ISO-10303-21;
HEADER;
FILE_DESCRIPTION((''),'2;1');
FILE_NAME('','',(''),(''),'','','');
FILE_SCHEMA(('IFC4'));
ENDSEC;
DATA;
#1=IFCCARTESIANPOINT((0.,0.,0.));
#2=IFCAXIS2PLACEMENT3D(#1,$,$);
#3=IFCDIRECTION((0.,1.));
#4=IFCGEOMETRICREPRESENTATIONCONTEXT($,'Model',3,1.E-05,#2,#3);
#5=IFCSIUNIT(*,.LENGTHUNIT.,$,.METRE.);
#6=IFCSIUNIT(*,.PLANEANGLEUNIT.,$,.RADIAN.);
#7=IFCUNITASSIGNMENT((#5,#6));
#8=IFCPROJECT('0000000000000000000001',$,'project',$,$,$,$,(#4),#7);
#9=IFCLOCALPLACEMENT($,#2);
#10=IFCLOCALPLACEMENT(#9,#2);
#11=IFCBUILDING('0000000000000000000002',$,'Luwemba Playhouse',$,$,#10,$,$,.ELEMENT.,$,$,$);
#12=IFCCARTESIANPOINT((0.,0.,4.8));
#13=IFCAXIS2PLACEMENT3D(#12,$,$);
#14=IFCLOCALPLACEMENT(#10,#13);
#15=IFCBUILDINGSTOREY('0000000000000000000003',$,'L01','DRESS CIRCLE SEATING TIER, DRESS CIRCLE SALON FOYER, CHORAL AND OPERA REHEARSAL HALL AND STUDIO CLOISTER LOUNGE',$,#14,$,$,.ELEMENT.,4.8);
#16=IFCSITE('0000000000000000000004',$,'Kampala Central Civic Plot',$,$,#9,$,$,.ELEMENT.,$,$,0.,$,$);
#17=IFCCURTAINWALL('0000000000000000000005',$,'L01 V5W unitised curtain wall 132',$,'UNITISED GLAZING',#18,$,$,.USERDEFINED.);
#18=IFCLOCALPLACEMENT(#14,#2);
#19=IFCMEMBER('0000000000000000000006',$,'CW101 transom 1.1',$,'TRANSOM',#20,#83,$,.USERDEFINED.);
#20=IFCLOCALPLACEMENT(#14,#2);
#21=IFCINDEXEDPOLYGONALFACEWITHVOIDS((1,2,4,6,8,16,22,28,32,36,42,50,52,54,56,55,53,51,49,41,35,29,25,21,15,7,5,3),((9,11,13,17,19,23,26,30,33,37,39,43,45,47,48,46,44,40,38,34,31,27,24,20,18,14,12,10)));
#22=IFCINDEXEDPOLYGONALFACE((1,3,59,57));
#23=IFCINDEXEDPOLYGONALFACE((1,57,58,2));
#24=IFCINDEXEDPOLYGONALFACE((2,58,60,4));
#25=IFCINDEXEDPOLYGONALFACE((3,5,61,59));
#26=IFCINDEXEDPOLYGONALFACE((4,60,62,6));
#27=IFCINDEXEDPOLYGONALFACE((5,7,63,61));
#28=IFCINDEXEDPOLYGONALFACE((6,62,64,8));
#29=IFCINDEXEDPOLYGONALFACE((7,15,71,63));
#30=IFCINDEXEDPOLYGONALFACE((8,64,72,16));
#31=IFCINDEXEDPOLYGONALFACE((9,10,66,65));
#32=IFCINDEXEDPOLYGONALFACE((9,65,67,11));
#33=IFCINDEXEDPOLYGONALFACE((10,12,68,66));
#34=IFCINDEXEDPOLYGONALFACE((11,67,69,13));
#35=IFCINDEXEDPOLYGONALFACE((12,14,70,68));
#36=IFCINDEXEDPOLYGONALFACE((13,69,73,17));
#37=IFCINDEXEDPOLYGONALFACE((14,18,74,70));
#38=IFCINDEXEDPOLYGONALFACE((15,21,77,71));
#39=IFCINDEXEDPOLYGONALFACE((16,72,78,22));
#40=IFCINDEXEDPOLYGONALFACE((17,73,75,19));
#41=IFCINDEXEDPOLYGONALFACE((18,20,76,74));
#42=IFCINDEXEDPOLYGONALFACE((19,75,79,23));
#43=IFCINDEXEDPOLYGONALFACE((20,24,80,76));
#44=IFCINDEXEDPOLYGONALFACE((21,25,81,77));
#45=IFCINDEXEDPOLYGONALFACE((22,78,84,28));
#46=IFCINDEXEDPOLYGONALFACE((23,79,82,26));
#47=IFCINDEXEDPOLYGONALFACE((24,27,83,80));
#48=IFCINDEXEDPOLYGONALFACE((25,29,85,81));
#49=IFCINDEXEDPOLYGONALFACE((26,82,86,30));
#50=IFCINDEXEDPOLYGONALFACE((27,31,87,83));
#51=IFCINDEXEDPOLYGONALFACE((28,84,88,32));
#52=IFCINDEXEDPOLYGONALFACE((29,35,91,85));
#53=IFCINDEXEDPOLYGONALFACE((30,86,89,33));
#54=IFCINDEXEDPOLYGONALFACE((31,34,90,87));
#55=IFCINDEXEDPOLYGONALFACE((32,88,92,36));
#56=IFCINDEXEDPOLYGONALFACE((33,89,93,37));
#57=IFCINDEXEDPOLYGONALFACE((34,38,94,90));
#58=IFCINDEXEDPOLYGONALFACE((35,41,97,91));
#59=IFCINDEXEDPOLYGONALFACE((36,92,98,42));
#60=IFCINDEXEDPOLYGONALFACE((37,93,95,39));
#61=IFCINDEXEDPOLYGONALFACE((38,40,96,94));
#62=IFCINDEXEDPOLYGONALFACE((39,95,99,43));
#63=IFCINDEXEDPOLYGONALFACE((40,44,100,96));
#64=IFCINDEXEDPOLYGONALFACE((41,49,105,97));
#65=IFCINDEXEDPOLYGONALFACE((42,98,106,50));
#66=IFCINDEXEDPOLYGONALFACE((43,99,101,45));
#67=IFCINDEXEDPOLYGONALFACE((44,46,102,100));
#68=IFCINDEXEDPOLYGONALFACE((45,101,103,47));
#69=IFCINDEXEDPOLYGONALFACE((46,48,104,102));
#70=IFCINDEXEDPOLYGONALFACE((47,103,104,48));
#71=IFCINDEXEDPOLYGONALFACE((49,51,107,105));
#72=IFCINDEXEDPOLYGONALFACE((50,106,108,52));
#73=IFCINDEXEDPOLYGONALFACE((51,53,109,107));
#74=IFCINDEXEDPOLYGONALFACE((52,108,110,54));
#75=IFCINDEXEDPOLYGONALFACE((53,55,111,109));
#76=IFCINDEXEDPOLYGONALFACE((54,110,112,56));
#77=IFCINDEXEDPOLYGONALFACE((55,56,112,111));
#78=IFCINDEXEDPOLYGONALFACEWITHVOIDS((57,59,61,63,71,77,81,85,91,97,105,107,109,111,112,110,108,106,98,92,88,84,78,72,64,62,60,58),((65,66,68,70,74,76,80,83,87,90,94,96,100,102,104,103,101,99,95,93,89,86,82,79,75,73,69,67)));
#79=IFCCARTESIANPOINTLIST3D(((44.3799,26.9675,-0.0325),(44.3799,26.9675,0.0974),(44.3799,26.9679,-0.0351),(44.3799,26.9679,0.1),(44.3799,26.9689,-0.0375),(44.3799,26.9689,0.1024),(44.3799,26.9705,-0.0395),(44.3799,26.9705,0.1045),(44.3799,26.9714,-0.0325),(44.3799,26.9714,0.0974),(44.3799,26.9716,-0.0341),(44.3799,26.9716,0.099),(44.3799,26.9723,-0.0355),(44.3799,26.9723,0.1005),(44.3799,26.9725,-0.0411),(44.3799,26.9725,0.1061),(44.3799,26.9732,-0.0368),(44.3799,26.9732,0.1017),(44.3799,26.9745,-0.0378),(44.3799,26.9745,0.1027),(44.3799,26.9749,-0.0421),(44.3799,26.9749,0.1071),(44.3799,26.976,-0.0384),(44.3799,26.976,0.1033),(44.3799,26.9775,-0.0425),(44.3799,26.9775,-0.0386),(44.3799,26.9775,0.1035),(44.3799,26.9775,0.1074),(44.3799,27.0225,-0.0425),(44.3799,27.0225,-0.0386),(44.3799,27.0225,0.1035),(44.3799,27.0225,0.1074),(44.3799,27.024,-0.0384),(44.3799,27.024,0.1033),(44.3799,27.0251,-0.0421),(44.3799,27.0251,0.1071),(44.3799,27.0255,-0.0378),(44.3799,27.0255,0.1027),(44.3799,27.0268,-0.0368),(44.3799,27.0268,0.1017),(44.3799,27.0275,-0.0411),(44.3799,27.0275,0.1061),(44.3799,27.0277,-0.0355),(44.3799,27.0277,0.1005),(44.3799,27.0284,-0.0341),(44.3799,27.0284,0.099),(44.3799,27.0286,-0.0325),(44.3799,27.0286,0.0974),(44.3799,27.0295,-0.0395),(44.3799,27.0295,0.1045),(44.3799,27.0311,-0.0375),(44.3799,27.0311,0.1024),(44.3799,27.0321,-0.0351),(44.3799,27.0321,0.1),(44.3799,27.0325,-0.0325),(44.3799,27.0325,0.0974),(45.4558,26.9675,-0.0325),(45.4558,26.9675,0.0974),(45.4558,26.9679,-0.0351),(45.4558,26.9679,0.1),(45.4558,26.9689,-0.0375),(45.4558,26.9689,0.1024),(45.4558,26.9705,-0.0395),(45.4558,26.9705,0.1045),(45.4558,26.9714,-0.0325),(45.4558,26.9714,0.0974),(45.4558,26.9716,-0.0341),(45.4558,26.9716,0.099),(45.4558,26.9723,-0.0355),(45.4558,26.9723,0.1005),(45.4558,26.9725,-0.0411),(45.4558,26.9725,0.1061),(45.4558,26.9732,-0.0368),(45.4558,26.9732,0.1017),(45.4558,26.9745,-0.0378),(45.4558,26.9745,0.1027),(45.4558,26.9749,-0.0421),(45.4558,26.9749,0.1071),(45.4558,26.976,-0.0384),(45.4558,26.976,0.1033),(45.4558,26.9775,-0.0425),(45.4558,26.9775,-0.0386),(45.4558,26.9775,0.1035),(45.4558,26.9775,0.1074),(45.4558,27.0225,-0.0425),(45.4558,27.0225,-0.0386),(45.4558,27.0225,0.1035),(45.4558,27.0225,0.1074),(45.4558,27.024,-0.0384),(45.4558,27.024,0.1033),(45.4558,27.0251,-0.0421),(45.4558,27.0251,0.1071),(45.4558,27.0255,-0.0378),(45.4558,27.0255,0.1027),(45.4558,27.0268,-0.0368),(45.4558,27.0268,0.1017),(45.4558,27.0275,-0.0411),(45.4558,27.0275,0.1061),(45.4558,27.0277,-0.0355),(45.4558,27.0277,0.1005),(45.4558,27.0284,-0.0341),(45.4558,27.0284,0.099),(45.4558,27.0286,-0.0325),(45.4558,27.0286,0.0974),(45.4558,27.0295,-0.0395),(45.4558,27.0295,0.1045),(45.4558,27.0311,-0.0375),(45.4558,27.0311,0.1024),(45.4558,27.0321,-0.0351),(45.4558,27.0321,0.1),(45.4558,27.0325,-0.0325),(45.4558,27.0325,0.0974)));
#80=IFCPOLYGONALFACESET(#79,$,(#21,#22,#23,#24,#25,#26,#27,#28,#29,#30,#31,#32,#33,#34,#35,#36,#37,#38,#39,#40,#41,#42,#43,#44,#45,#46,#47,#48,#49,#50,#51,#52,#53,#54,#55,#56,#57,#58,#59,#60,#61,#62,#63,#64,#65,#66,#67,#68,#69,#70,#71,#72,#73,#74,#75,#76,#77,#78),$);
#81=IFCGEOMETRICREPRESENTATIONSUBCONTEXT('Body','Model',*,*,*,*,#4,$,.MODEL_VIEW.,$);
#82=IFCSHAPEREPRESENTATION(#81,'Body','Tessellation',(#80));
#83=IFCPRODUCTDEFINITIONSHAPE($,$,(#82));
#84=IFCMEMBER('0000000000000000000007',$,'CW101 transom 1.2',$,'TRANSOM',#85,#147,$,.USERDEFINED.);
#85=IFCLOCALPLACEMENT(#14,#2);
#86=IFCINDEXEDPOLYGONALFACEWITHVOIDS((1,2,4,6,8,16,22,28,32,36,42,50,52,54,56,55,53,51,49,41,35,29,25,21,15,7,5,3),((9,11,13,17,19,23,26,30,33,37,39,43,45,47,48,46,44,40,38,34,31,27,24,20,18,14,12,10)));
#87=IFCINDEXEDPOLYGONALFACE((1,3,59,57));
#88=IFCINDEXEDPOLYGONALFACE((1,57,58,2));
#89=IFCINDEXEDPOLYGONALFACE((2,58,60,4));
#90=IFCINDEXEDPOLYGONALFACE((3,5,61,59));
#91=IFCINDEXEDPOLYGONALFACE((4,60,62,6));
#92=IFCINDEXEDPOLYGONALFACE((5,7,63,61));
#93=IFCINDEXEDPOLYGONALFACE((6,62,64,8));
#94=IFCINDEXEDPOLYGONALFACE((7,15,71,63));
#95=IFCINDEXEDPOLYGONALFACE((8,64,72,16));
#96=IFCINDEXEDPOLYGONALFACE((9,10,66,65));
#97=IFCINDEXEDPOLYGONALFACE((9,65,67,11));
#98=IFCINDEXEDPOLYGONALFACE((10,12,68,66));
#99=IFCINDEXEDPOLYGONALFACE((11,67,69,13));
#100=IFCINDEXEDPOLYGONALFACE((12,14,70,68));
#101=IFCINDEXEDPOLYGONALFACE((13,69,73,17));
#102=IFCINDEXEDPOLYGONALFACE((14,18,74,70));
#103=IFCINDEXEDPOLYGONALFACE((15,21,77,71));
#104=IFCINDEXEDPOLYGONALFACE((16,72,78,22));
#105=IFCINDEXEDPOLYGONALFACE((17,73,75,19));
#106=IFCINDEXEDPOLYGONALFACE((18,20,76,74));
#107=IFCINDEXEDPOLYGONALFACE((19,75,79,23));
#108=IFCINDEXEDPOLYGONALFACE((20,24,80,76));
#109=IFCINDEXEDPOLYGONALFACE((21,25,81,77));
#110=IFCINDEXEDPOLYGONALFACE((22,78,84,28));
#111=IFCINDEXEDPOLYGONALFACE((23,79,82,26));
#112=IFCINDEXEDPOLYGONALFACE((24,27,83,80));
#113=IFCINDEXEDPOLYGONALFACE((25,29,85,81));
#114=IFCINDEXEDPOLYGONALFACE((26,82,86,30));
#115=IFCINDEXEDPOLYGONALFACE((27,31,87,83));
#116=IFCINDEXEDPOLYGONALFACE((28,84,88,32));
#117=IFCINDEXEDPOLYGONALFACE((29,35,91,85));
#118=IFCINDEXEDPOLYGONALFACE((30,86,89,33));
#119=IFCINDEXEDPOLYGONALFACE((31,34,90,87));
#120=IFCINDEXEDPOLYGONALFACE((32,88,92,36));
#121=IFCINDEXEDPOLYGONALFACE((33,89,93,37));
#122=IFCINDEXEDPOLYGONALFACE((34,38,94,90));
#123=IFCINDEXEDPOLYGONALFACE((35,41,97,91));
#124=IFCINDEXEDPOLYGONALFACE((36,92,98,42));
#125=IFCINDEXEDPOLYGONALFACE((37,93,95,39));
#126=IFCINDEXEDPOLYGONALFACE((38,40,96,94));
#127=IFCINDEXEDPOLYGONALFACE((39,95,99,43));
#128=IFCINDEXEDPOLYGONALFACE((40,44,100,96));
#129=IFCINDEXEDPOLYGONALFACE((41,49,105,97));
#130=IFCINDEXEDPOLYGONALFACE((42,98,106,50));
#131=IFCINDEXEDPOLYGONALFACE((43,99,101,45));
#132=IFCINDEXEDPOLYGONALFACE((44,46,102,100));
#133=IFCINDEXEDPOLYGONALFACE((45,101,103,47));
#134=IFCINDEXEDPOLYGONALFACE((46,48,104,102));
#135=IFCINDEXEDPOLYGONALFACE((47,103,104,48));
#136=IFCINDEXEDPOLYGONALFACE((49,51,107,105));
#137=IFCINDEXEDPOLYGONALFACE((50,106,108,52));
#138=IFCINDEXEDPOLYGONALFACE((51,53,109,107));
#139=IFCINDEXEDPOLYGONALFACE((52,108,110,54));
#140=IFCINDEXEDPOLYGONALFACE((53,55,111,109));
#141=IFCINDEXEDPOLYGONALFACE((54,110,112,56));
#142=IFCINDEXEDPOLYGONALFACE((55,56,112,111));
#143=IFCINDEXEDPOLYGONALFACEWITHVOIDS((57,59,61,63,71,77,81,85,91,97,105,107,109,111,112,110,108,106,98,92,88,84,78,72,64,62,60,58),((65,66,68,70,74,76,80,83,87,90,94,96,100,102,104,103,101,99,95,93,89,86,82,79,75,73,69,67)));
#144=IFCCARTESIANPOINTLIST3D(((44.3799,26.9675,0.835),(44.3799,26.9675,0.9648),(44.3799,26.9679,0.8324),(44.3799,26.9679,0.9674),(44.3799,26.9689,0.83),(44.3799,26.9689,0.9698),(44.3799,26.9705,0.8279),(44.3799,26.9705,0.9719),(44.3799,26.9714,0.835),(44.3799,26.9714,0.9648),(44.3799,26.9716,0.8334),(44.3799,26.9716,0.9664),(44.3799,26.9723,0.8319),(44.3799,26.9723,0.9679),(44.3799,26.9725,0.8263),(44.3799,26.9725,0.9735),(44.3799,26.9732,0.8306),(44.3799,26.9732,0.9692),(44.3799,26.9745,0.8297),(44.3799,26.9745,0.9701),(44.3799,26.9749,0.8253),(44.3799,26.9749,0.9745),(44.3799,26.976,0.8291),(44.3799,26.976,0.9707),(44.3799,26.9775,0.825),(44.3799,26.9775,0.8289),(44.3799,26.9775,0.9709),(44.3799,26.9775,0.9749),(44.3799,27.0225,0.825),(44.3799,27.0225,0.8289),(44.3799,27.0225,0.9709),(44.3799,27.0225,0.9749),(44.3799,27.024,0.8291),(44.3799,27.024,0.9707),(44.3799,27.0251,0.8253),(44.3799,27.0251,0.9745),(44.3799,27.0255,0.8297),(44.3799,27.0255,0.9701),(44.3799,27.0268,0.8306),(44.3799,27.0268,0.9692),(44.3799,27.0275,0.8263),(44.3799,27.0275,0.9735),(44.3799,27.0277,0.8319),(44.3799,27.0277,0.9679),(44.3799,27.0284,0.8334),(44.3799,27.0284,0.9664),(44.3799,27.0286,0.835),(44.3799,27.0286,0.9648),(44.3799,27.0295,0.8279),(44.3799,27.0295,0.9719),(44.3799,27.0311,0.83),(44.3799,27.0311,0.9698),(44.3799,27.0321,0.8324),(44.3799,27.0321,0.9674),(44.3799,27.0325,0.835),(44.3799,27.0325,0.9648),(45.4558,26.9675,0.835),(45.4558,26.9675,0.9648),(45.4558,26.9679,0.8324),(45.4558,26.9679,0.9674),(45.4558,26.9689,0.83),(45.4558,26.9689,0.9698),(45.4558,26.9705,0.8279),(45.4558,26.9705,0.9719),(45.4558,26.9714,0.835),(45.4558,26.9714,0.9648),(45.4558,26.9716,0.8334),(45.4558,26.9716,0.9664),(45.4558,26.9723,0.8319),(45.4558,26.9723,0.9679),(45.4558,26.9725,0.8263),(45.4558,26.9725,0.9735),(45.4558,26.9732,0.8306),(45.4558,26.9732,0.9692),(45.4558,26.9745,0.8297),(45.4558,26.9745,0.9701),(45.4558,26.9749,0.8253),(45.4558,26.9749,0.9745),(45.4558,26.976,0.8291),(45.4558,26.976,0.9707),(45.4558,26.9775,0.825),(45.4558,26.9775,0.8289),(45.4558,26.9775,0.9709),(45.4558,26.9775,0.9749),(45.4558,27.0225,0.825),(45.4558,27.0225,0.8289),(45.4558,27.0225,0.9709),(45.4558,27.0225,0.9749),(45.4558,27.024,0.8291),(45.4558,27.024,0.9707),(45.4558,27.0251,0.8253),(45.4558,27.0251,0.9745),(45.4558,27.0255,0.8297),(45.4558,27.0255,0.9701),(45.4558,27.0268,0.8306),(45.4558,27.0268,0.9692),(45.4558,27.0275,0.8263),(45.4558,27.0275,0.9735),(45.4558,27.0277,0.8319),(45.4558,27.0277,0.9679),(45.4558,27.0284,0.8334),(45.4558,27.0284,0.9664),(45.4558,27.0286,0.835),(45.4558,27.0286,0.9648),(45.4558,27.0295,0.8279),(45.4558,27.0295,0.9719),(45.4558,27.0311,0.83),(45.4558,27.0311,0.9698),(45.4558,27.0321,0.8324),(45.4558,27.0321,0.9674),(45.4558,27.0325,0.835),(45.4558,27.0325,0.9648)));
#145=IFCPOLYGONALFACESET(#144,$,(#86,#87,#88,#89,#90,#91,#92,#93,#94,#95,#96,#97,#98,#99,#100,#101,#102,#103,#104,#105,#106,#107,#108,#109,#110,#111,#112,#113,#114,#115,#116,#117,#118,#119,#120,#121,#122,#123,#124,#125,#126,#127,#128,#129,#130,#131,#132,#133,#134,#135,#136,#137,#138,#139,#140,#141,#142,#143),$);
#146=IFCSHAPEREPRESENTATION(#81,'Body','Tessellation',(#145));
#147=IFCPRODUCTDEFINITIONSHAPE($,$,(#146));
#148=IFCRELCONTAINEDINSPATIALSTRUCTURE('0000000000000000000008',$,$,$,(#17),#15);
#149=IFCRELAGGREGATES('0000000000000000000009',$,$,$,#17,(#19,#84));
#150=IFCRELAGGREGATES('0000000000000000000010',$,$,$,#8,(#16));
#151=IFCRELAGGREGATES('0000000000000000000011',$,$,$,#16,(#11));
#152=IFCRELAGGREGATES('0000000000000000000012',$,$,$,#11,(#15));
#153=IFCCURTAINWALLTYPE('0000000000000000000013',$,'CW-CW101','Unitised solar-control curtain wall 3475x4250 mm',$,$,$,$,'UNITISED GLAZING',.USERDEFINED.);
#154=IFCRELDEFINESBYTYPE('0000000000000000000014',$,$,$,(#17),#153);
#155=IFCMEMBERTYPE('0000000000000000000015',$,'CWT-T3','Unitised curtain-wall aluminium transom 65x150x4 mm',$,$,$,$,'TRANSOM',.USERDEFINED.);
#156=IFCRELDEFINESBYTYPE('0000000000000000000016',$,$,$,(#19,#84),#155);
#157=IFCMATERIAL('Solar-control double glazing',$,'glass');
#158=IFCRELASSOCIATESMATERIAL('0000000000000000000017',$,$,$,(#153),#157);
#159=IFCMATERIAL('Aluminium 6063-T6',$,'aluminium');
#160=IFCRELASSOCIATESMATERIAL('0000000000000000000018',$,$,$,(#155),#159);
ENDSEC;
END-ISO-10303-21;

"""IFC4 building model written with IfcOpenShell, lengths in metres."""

from ifc_helpers import new_model, si_unit, direction, frame, origin, origin_2d, place, context, subcontext, project, spatial, hollow_rectangle, extrude, material, material_profile, profile_set, type_object, element, aggregate, save


model = new_model("IFC4")

# Units and contexts
model_context = context("Model", 3, precision=1e-05, world=origin(), true_north=direction((0.0, 1.0)))
body_context = subcontext(model_context, "Body", "Model", "MODEL_VIEW")
ifc_project = project(units=[si_unit("LENGTHUNIT", "METRE"), si_unit("PLANEANGLEUNIT", "RADIAN")], contexts=[model_context])

# Site, building, storey
site_placement = place(None, origin())
site = spatial("IfcSite", under=ifc_project, at=site_placement, Name="Kampala Central Civic Plot", CompositionType="ELEMENT", RefElevation=0.0)
building_placement = place(site_placement, origin())
building = spatial("IfcBuilding", under=site, at=building_placement, Name="Luwemba Playhouse", CompositionType="ELEMENT")
storey_placement = place(building_placement, frame((0.0, 0.0, 4.8)))
storey = spatial("IfcBuildingStorey", under=building, at=storey_placement, Name="L01", Description="DRESS CIRCLE SEATING TIER, DRESS CIRCLE SALON FOYER, CHORAL AND OPERA REHEARSAL HALL AND STUDIO CLOISTER LOUNGE", CompositionType="ELEMENT", Elevation=4.8)

# Shared definitions
ifc_material_1 = material(Name="Solar-control double glazing", Category="glass")
ifc_material_2 = material(Name="Aluminium 6063-T6", Category="aluminium")

# Curtain wall
curtain_wall_type_1 = type_object("IfcCurtainWallType", Name="CW-CW101", Description="Unitised solar-control curtain wall 3475x4250 mm", ElementType="UNITISED GLAZING", PredefinedType="USERDEFINED", material=ifc_material_1)
curtain_wall_1_placement = place(storey_placement, origin())
curtain_wall_1 = element("IfcCurtainWall", 1, at=curtain_wall_1_placement, inside=storey, type_object=curtain_wall_type_1, Name="L01 V5W unitised curtain wall 132", ObjectType="UNITISED GLAZING", PredefinedType="USERDEFINED")

# Members
ifc_material_profile_1 = material_profile(ifc_material_2, hollow_rectangle(XDim=0.0649, YDim=0.1499, WallThickness=0.0039, InnerFilletRadius=0.0061, OuterFilletRadius=0.01, at=origin_2d()))
ifc_profile_set_1 = profile_set([ifc_material_profile_1], Name="Aluminium 6063-T6")
member_type_1 = type_object("IfcMemberType", Name="CWT-T3", Description="Unitised curtain-wall aluminium transom 65x150x4 mm", ElementType="TRANSOM", PredefinedType="USERDEFINED", material=ifc_profile_set_1)
member_1_placement = place(storey_placement, frame((44.3799, 27.0, 0.0325), z_axis=(1.0, 0.0, 0.0), x_axis=(0.0, 1.0, 0.0)))
member_1 = element("IfcMember", 2, at=member_1_placement, type_object=member_type_1, Name="CW101 transom 1.1", ObjectType="TRANSOM", PredefinedType="USERDEFINED", context=body_context, shape_type="SweptSolid", body=[
    extrude(hollow_rectangle(XDim=0.0649, YDim=0.1499, WallThickness=0.0039, InnerFilletRadius=0.0061, OuterFilletRadius=0.01, at=origin_2d()), origin(), (0.0, 0.0, 1.0), 1.0759),
])
member_2_placement = place(storey_placement, frame((44.3799, 27.0, 0.8999), z_axis=(1.0, 0.0, 0.0), x_axis=(0.0, 1.0, 0.0)))
member_2 = element("IfcMember", 3, at=member_2_placement, type_object=member_type_1, Name="CW101 transom 1.2", ObjectType="TRANSOM", PredefinedType="USERDEFINED", context=body_context, shape_type="SweptSolid", body=[
    extrude(hollow_rectangle(XDim=0.0649, YDim=0.1499, WallThickness=0.0039, InnerFilletRadius=0.0061, OuterFilletRadius=0.01, at=origin_2d()), origin(), (0.0, 0.0, 1.0), 1.0759),
])

aggregate(curtain_wall_1, [member_1, member_2])

save(model, "model.ifc")
